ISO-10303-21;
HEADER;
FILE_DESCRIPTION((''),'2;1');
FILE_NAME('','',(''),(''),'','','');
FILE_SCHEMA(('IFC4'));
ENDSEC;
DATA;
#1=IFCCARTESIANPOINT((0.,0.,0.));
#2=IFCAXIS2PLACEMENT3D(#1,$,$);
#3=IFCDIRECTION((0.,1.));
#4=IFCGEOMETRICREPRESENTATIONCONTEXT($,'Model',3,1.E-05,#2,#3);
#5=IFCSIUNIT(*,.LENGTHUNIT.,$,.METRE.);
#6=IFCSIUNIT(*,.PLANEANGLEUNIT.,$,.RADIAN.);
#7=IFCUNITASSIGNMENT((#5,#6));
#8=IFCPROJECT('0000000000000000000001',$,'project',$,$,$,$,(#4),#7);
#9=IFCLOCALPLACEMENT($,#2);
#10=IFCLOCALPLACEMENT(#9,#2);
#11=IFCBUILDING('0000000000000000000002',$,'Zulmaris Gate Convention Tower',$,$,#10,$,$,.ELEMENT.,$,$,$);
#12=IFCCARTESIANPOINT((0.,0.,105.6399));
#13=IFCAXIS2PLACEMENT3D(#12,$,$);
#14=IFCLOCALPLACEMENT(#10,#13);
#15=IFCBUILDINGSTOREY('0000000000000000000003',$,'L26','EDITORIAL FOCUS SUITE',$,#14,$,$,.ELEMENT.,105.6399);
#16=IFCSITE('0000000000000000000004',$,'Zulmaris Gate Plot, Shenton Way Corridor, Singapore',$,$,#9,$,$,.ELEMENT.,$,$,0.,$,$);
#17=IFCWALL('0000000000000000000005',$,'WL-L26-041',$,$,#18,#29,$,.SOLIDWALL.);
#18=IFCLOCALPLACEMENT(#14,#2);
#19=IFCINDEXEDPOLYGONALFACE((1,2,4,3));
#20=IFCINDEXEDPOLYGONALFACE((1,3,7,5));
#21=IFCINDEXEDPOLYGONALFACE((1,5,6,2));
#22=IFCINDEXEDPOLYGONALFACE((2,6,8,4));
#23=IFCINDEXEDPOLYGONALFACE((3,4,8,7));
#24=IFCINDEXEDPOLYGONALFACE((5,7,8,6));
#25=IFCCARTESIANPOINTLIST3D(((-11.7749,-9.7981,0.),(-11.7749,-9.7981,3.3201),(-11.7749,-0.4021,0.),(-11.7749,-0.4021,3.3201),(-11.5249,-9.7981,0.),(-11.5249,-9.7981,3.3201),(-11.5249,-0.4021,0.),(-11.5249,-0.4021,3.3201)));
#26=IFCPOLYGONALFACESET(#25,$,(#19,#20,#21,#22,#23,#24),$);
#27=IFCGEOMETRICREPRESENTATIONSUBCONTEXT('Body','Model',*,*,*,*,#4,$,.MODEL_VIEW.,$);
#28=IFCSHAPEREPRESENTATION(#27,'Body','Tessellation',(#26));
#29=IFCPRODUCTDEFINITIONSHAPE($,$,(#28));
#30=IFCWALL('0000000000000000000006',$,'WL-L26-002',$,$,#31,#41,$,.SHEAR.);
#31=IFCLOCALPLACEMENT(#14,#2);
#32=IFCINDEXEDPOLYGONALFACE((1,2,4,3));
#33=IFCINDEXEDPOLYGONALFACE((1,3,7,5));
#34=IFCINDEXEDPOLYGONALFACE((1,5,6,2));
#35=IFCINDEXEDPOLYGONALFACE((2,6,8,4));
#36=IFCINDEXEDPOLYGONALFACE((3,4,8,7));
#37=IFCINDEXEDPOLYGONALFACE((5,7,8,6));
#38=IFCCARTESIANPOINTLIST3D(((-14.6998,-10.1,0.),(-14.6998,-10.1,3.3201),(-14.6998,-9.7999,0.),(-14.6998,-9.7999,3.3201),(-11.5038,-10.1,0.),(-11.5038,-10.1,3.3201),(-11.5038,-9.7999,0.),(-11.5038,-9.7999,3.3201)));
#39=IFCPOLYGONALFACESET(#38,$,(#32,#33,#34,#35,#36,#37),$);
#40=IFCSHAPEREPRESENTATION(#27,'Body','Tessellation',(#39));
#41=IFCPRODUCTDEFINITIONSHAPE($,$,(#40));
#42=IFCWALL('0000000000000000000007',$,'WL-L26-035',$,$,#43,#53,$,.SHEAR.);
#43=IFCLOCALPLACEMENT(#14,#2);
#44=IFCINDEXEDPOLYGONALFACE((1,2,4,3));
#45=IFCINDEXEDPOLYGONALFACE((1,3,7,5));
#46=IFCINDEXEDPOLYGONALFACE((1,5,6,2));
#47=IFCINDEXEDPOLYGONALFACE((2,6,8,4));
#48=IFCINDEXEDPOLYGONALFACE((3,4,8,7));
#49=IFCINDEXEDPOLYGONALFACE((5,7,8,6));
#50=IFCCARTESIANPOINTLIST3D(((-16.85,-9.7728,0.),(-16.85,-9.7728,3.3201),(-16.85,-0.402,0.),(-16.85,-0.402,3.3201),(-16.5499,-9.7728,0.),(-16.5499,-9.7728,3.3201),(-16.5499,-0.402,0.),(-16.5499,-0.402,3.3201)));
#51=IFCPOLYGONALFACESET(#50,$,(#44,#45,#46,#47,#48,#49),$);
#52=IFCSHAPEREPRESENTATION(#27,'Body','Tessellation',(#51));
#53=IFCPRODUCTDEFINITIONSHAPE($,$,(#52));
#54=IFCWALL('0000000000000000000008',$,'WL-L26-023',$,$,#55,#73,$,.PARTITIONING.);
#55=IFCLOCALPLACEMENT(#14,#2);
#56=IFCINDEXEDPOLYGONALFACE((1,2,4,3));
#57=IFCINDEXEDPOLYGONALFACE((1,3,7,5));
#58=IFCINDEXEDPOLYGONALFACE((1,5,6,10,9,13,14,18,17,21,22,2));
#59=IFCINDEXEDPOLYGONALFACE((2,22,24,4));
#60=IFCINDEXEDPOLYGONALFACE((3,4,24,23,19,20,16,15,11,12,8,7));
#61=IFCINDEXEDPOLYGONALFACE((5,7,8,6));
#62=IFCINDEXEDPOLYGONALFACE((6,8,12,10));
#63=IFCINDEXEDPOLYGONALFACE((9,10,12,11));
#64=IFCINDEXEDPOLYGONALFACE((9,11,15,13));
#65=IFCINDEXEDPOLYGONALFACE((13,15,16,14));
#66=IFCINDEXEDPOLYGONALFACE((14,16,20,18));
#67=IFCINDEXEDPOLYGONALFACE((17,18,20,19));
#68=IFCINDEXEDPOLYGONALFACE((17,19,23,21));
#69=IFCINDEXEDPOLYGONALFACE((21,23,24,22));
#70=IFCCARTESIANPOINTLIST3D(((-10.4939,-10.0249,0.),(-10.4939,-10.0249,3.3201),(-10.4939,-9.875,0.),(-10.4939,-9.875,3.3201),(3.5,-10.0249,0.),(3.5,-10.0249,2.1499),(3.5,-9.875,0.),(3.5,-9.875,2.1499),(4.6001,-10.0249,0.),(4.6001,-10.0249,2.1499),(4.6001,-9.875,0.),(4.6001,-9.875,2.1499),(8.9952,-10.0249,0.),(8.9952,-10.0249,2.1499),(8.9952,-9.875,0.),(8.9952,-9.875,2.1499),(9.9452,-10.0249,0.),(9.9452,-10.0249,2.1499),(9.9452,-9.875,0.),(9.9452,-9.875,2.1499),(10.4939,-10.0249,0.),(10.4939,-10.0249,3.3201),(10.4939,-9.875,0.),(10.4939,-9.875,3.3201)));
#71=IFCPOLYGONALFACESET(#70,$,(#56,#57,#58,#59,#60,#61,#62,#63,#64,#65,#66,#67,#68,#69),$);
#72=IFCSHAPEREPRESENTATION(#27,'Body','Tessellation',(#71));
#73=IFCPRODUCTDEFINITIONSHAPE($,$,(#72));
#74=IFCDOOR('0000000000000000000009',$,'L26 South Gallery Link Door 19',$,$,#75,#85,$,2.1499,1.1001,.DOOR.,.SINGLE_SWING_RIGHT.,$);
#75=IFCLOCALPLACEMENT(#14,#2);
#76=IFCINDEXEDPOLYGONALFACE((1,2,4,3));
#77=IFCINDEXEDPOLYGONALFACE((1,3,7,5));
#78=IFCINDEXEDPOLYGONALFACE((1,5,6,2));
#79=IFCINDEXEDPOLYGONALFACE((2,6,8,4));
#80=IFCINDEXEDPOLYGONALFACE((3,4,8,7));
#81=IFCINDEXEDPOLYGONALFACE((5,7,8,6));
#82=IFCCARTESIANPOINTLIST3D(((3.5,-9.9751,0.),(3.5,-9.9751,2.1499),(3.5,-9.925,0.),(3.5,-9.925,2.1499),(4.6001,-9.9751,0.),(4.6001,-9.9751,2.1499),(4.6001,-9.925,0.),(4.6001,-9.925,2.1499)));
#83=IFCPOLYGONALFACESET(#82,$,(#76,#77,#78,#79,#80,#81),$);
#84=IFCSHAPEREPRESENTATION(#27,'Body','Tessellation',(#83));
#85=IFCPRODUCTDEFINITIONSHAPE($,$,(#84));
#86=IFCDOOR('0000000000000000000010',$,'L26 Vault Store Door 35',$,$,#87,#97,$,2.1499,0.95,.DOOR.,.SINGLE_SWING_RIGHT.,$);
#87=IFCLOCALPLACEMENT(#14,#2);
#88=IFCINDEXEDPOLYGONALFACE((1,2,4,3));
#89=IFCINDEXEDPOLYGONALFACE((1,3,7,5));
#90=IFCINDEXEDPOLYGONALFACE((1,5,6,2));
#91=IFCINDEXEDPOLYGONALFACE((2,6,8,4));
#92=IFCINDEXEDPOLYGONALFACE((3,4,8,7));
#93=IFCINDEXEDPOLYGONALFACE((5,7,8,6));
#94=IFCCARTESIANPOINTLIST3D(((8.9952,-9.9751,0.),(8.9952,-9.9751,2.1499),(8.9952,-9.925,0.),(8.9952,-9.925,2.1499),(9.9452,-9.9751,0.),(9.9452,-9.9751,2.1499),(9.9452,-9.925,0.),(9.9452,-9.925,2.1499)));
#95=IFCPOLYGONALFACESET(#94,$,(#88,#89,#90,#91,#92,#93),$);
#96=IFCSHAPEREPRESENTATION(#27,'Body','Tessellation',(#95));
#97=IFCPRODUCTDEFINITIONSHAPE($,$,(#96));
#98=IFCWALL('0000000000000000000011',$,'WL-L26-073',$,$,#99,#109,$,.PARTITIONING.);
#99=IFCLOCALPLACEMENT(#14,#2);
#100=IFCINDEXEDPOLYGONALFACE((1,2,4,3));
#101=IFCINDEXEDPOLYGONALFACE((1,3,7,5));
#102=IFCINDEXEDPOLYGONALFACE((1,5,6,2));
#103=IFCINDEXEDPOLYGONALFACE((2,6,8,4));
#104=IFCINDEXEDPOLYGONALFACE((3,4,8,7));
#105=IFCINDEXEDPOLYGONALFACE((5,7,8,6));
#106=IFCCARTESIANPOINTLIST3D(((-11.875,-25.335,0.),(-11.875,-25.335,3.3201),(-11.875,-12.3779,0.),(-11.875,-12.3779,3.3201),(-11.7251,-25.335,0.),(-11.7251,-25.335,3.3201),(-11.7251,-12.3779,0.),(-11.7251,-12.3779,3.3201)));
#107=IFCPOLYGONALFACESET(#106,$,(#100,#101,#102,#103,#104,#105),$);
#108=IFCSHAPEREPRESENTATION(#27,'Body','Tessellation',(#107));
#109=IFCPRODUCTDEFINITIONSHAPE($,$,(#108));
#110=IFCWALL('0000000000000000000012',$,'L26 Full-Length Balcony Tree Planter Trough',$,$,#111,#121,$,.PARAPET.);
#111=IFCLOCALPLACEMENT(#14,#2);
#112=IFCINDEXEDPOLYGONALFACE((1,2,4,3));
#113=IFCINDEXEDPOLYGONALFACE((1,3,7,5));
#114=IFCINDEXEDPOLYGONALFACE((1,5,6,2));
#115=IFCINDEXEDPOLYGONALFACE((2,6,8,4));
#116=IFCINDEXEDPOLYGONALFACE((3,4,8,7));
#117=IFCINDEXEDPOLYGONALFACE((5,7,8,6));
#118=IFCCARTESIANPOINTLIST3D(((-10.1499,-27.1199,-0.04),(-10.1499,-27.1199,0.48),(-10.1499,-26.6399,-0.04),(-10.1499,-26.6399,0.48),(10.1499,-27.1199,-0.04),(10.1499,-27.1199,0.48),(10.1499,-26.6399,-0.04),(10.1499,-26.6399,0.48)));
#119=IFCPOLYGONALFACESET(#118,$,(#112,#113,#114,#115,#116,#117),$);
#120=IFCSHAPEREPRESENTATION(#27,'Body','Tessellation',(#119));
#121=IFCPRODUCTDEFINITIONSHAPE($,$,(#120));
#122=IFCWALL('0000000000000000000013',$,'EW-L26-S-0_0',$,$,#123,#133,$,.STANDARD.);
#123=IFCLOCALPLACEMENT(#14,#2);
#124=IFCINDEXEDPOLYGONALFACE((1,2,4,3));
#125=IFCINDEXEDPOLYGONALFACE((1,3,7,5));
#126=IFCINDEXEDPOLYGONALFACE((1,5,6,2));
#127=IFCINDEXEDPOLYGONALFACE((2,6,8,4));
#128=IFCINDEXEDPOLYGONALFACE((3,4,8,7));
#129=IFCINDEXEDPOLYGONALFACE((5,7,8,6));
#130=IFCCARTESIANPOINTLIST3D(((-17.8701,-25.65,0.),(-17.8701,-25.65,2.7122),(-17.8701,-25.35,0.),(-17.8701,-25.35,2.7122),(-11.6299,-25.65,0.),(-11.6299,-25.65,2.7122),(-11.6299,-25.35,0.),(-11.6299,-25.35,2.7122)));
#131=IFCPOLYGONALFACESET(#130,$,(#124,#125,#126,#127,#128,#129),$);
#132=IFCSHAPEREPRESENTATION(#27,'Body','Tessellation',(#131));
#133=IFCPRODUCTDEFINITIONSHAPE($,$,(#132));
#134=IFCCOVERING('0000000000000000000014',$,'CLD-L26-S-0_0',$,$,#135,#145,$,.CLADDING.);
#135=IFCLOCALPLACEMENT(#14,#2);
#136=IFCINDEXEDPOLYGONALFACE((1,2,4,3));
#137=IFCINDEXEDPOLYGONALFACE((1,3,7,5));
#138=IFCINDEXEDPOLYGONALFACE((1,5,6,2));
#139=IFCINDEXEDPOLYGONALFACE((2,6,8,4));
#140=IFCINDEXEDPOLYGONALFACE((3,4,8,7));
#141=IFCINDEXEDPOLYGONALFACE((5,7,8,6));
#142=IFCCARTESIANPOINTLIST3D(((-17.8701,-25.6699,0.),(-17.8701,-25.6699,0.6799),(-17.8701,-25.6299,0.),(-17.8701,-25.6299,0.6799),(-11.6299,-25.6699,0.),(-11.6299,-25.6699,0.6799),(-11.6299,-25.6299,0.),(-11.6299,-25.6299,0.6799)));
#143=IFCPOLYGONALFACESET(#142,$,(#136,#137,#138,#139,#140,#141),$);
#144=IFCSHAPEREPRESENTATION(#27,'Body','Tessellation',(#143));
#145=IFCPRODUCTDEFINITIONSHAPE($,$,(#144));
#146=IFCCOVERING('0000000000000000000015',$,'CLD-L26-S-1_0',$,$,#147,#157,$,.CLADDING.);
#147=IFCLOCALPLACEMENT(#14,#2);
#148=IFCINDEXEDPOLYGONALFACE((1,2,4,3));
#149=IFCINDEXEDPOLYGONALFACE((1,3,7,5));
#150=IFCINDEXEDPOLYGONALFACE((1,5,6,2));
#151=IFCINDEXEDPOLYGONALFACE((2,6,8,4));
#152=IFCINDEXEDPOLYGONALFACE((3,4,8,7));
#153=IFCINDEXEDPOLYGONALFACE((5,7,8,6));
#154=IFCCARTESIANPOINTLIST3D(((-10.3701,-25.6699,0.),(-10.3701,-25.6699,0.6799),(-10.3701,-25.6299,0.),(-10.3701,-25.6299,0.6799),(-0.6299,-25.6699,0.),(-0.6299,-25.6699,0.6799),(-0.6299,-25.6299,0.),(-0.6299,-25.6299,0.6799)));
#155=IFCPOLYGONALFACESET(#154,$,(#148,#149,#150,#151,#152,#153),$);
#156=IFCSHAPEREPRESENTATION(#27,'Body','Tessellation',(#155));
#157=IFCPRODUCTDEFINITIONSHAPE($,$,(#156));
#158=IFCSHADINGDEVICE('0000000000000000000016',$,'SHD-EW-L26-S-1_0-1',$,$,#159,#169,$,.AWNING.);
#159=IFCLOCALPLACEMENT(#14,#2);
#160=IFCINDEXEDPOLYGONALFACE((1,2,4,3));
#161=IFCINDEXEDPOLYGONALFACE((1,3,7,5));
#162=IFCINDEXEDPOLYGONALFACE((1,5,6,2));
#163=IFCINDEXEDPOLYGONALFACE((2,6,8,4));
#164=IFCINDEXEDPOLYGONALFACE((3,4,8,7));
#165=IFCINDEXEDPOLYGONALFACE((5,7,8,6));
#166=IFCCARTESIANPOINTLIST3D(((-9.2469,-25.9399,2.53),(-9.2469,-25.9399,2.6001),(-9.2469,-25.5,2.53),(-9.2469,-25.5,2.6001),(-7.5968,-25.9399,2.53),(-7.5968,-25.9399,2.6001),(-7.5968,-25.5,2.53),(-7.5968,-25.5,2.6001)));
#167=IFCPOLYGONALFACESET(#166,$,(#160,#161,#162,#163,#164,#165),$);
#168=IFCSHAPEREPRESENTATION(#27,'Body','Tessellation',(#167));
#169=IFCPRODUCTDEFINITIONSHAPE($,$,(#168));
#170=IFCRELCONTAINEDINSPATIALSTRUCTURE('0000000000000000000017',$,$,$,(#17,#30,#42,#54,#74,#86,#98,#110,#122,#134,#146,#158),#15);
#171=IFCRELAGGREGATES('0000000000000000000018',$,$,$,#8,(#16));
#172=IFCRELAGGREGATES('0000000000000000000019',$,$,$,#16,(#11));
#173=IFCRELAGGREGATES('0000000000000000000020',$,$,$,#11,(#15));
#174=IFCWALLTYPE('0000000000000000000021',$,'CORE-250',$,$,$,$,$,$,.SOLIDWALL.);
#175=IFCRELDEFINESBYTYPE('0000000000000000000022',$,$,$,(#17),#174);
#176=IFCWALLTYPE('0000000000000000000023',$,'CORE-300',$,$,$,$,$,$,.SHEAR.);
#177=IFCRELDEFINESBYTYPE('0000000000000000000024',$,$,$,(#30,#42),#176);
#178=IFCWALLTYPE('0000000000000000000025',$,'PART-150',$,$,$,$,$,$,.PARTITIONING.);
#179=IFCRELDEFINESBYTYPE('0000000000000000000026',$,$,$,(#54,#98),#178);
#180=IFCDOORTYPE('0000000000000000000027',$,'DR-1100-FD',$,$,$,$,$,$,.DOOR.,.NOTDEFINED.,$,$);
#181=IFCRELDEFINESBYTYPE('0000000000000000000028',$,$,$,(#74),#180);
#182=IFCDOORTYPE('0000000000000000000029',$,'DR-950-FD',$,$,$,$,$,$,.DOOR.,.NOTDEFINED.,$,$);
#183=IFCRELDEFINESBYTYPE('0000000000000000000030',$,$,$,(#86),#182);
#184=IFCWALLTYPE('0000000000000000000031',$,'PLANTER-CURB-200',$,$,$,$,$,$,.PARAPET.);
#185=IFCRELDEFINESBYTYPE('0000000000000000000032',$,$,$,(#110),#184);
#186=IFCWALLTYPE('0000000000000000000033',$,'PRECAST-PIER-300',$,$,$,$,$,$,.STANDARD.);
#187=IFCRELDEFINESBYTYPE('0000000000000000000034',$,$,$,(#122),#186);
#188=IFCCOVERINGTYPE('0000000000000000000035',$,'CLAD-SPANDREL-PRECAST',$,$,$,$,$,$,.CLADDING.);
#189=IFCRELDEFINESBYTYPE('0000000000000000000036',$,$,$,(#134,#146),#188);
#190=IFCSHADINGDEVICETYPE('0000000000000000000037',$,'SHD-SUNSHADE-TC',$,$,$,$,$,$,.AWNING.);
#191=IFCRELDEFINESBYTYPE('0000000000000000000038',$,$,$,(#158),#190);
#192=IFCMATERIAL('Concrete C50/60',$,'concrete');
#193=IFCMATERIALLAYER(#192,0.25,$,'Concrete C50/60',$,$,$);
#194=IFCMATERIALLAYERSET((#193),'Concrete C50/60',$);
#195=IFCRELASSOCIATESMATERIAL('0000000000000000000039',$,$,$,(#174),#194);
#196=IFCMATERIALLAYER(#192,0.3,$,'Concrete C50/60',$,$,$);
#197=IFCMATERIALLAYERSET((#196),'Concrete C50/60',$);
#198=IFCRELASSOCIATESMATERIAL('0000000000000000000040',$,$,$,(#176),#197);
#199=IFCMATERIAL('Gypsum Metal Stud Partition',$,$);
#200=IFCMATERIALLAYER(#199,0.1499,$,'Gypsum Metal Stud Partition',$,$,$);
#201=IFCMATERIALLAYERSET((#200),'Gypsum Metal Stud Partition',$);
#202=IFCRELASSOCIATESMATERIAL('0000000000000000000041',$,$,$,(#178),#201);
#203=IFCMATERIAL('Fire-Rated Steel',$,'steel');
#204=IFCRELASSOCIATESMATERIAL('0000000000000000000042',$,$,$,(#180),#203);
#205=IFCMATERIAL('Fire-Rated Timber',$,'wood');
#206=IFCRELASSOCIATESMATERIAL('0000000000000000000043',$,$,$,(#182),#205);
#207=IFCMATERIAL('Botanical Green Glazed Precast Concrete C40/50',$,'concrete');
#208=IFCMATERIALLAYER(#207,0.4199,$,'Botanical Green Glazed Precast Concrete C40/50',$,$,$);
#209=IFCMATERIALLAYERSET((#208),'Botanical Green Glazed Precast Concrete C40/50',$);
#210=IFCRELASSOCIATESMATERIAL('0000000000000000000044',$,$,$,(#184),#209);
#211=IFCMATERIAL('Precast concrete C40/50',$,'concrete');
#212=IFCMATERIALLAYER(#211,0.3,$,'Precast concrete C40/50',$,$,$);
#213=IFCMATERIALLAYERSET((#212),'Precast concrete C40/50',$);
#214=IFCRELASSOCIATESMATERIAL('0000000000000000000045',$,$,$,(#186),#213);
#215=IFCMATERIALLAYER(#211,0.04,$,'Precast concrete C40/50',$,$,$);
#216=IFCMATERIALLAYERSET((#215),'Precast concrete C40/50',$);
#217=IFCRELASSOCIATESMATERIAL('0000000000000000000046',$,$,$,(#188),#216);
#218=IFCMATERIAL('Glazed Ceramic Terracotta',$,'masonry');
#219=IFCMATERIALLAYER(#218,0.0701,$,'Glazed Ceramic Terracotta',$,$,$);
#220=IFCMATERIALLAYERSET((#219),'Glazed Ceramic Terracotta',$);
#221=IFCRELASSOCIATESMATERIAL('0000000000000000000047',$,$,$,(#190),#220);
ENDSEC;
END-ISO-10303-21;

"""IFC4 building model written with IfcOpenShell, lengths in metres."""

from ifc_helpers import new_model, si_unit, direction, frame, frame_2d, origin, place, context, subcontext, project, spatial, rectangle, extrude, material, layer, layer_set, type_object, element, fill, save


model = new_model("IFC4")

# Units and contexts
model_context = context("Model", 3, precision=1e-05, world=origin(), true_north=direction((0.0, 1.0)))
body_context = subcontext(model_context, "Body", "Model", "MODEL_VIEW")
ifc_project = project(units=[si_unit("LENGTHUNIT", "METRE"), si_unit("PLANEANGLEUNIT", "RADIAN")], contexts=[model_context])

# Site, building, storey
site_placement = place(None, origin())
site = spatial("IfcSite", under=ifc_project, at=site_placement, Name="Zulmaris Gate Plot, Shenton Way Corridor, Singapore", CompositionType="ELEMENT", RefElevation=0.0)
building_placement = place(site_placement, origin())
building = spatial("IfcBuilding", under=site, at=building_placement, Name="Zulmaris Gate Convention Tower", CompositionType="ELEMENT")
storey_placement = place(building_placement, frame((0.0, 0.0, 105.6399)))
storey = spatial("IfcBuildingStorey", under=building, at=storey_placement, Name="L26", Description="EDITORIAL FOCUS SUITE", CompositionType="ELEMENT", Elevation=105.6399)

# Walls
ifc_material_1 = material(Name="Concrete C50/60", Category="concrete")
ifc_layer_1 = layer(ifc_material_1, 0.25, Name="Concrete C50/60")
ifc_layer_set_1 = layer_set([ifc_layer_1], Name="Concrete C50/60")
wall_type_1 = type_object("IfcWallType", Name="CORE-250", PredefinedType="SOLIDWALL", material=ifc_layer_set_1)
wall_1_placement = place(storey_placement, frame((-11.6499, -9.7981, 0.0), z_axis=(0.0, 0.0, 1.0), x_axis=(0.0, 1.0, 0.0)))
element("IfcWall", 1, at=wall_1_placement, inside=storey, type_object=wall_type_1, Name="WL-L26-041", PredefinedType="SOLIDWALL", context=body_context, shape_type="SweptSolid", body=[
    extrude(rectangle(XDim=9.396, YDim=0.25, at=frame_2d((4.698, 0.0))), origin(), (0.0, 0.0, 1.0), 3.3201),
])
ifc_layer_2 = layer(ifc_material_1, 0.3, Name="Concrete C50/60")
ifc_layer_set_2 = layer_set([ifc_layer_2], Name="Concrete C50/60")
wall_type_2 = type_object("IfcWallType", Name="CORE-300", PredefinedType="SHEAR", material=ifc_layer_set_2)
wall_2_placement = place(storey_placement, frame((-14.7, -9.95, 0.0), z_axis=(0.0, 0.0, 1.0), x_axis=(1.0, 0.0, 0.0)))
element("IfcWall", 2, at=wall_2_placement, inside=storey, type_object=wall_type_2, Name="WL-L26-002", PredefinedType="SHEAR", context=body_context, shape_type="SweptSolid", body=[
    extrude(rectangle(XDim=3.196, YDim=0.3, at=frame_2d((1.5981, 0.0))), origin(), (0.0, 0.0, 1.0), 3.3201),
])
wall_3_placement = place(storey_placement, frame((-16.7, -9.7729, 0.0), z_axis=(0.0, 0.0, 1.0), x_axis=(0.0, 1.0, 0.0)))
element("IfcWall", 3, at=wall_3_placement, inside=storey, type_object=wall_type_2, Name="WL-L26-035", PredefinedType="SHEAR", context=body_context, shape_type="SweptSolid", body=[
    extrude(rectangle(XDim=9.3708, YDim=0.3, at=frame_2d((4.6855, 0.0))), origin(), (0.0, 0.0, 1.0), 3.3201),
])

# Wall, openings, doors
ifc_material_2 = material(Name="Gypsum Metal Stud Partition")
ifc_layer_3 = layer(ifc_material_2, 0.1499, Name="Gypsum Metal Stud Partition")
ifc_layer_set_3 = layer_set([ifc_layer_3], Name="Gypsum Metal Stud Partition")
wall_type_3 = type_object("IfcWallType", Name="PART-150", PredefinedType="PARTITIONING", material=ifc_layer_set_3)
wall_4_placement = place(storey_placement, frame((-10.4939, -9.95, 0.0), z_axis=(0.0, 0.0, 1.0), x_axis=(1.0, 0.0, 0.0)))
wall_4 = element("IfcWall", 4, at=wall_4_placement, inside=storey, type_object=wall_type_3, Name="WL-L26-023", PredefinedType="PARTITIONING", context=body_context, shape_type="SweptSolid", body=[
    extrude(rectangle(XDim=20.9878, YDim=0.1499, at=frame_2d((10.4939, 0.0))), origin(), (0.0, 0.0, 1.0), 3.3201),
])
opening_1_placement = place(wall_4_placement, frame((13.9939, 0.0, 0.0)))
opening_1 = element("IfcOpeningElement", 5, at=opening_1_placement, cuts=wall_4, PredefinedType="OPENING", context=body_context, shape_type="SweptSolid", body=[
    extrude(rectangle(XDim=1.1001, YDim=2.1499, at=frame_2d((0.55, 1.075))), frame((0.0, 0.085, 0.0), z_axis=(0.0, -1.0, 0.0), x_axis=(1.0, 0.0, 0.0)), (0.0, 0.0, 1.0), 0.1699),
])
opening_2_placement = place(wall_4_placement, frame((19.489, 0.0, 0.0)))
opening_2 = element("IfcOpeningElement", 6, at=opening_2_placement, cuts=wall_4, PredefinedType="OPENING", context=body_context, shape_type="SweptSolid", body=[
    extrude(rectangle(XDim=0.95, YDim=2.1499, at=frame_2d((0.4751, 1.075))), frame((0.0, 0.085, 0.0), z_axis=(0.0, -1.0, 0.0), x_axis=(1.0, 0.0, 0.0)), (0.0, 0.0, 1.0), 0.1699),
])
ifc_material_3 = material(Name="Fire-Rated Steel", Category="steel")
door_type_1 = type_object("IfcDoorType", Name="DR-1100-FD", OperationType="NOTDEFINED", PredefinedType="DOOR", material=ifc_material_3)
door_1_placement = place(opening_1_placement, origin())
door_1 = element("IfcDoor", 7, at=door_1_placement, inside=storey, type_object=door_type_1, Name="L26 South Gallery Link Door 19", OperationType="SINGLE_SWING_RIGHT", OverallHeight=2.1499, OverallWidth=1.1001, PredefinedType="DOOR", context=body_context, shape_type="SweptSolid", body=[
    extrude(rectangle(XDim=1.1001, YDim=2.1499, at=frame_2d((0.55, 1.075))), frame((0.0, 0.0249, 0.0), z_axis=(0.0, -1.0, 0.0), x_axis=(1.0, 0.0, 0.0)), (0.0, 0.0, 1.0), 0.05),
])
fill(opening_1, door_1)
ifc_material_4 = material(Name="Fire-Rated Timber", Category="wood")
door_type_2 = type_object("IfcDoorType", Name="DR-950-FD", OperationType="NOTDEFINED", PredefinedType="DOOR", material=ifc_material_4)
door_2_placement = place(opening_2_placement, origin())
door_2 = element("IfcDoor", 8, at=door_2_placement, inside=storey, type_object=door_type_2, Name="L26 Vault Store Door 35", OperationType="SINGLE_SWING_RIGHT", OverallHeight=2.1499, OverallWidth=0.95, PredefinedType="DOOR", context=body_context, shape_type="SweptSolid", body=[
    extrude(rectangle(XDim=0.95, YDim=2.1499, at=frame_2d((0.4751, 1.075))), frame((0.0, 0.0249, 0.0), z_axis=(0.0, -1.0, 0.0), x_axis=(1.0, 0.0, 0.0)), (0.0, 0.0, 1.0), 0.05),
])
fill(opening_2, door_2)

# Walls
wall_5_placement = place(storey_placement, frame((-11.8, -25.335, 0.0), z_axis=(0.0, 0.0, 1.0), x_axis=(0.0, 1.0, 0.0)))
element("IfcWall", 9, at=wall_5_placement, inside=storey, type_object=wall_type_3, Name="WL-L26-073", PredefinedType="PARTITIONING", context=body_context, shape_type="SweptSolid", body=[
    extrude(rectangle(XDim=12.957, YDim=0.1499, at=frame_2d((6.4785, 0.0))), origin(), (0.0, 0.0, 1.0), 3.3201),
])
ifc_material_5 = material(Name="Botanical Green Glazed Precast Concrete C40/50", Category="concrete")
ifc_layer_4 = layer(ifc_material_5, 0.4199, Name="Botanical Green Glazed Precast Concrete C40/50")
ifc_layer_set_4 = layer_set([ifc_layer_4], Name="Botanical Green Glazed Precast Concrete C40/50")
wall_type_4 = type_object("IfcWallType", Name="PLANTER-CURB-200", PredefinedType="PARAPET", material=ifc_layer_set_4)
wall_6_placement = place(storey_placement, frame((-10.1499, -26.8799, -0.04), z_axis=(0.0, 0.0, 1.0), x_axis=(1.0, 0.0, 0.0)))
element("IfcWall", 10, at=wall_6_placement, inside=storey, type_object=wall_type_4, Name="L26 Full-Length Balcony Tree Planter Trough", PredefinedType="PARAPET", context=body_context, shape_type="SweptSolid", body=[
    extrude(rectangle(XDim=20.2998, YDim=0.48, at=frame_2d((10.1499, 0.0))), origin(), (0.0, 0.0, 1.0), 0.52),
])
ifc_material_6 = material(Name="Precast concrete C40/50", Category="concrete")
ifc_layer_5 = layer(ifc_material_6, 0.3, Name="Precast concrete C40/50")
ifc_layer_set_5 = layer_set([ifc_layer_5], Name="Precast concrete C40/50")
wall_type_5 = type_object("IfcWallType", Name="PRECAST-PIER-300", PredefinedType="STANDARD", material=ifc_layer_set_5)
wall_7_placement = place(storey_placement, frame((-17.8701, -25.5, 0.0), z_axis=(0.0, 0.0, 1.0), x_axis=(1.0, 0.0, 0.0)))
element("IfcWall", 11, at=wall_7_placement, inside=storey, type_object=wall_type_5, Name="EW-L26-S-0_0", PredefinedType="STANDARD", context=body_context, shape_type="SweptSolid", body=[
    extrude(rectangle(XDim=6.2402, YDim=0.3, at=frame_2d((3.1201, 0.0))), origin(), (0.0, 0.0, 1.0), 2.7122),
])

# Coverings
ifc_layer_6 = layer(ifc_material_6, 0.04, Name="Precast concrete C40/50")
ifc_layer_set_6 = layer_set([ifc_layer_6], Name="Precast concrete C40/50")
covering_type = type_object("IfcCoveringType", Name="CLAD-SPANDREL-PRECAST", PredefinedType="CLADDING", material=ifc_layer_set_6)
covering_1_placement = place(storey_placement, frame((-17.8701, -25.6499, 0.0), z_axis=(0.0, 0.0, 1.0), x_axis=(1.0, 0.0, 0.0)))
element("IfcCovering", 12, at=covering_1_placement, inside=storey, type_object=covering_type, Name="CLD-L26-S-0_0", PredefinedType="CLADDING", context=body_context, shape_type="SweptSolid", body=[
    extrude(rectangle(XDim=6.2402, YDim=0.04, at=frame_2d((3.1201, 0.0))), origin(), (0.0, 0.0, 1.0), 0.6799),
])
covering_2_placement = place(storey_placement, frame((-10.3701, -25.6499, 0.0), z_axis=(0.0, 0.0, 1.0), x_axis=(1.0, 0.0, 0.0)))
element("IfcCovering", 13, at=covering_2_placement, inside=storey, type_object=covering_type, Name="CLD-L26-S-1_0", PredefinedType="CLADDING", context=body_context, shape_type="SweptSolid", body=[
    extrude(rectangle(XDim=9.7402, YDim=0.04, at=frame_2d((4.8701, 0.0))), origin(), (0.0, 0.0, 1.0), 0.6799),
])

# Shading device
ifc_material_7 = material(Name="Glazed Ceramic Terracotta", Category="masonry")
ifc_layer_7 = layer(ifc_material_7, 0.0701, Name="Glazed Ceramic Terracotta")
ifc_layer_set_7 = layer_set([ifc_layer_7], Name="Glazed Ceramic Terracotta")
shading_device_type = type_object("IfcShadingDeviceType", Name="SHD-SUNSHADE-TC", PredefinedType="AWNING", material=ifc_layer_set_7)
for number, where, z_axis, x_axis, name in (
    (14, (-9.2471, -25.72, 2.53), (0.0, 0.0, 1.0), (1.0, 0.0, 0.0), "SHD-EW-L26-S-1_0-1"),
):
    element("IfcShadingDevice", number, at=place(storey_placement, frame(where, z_axis=z_axis, x_axis=x_axis)), inside=storey, type_object=shading_device_type, Name=name, PredefinedType="AWNING", context=body_context, shape_type="SweptSolid", body=[
        extrude(rectangle(XDim=1.6501, YDim=0.4399, at=frame_2d((0.8252, 0.0))), origin(), (0.0, 0.0, 1.0), 0.0701),
    ])

save(model, "model.ifc")
